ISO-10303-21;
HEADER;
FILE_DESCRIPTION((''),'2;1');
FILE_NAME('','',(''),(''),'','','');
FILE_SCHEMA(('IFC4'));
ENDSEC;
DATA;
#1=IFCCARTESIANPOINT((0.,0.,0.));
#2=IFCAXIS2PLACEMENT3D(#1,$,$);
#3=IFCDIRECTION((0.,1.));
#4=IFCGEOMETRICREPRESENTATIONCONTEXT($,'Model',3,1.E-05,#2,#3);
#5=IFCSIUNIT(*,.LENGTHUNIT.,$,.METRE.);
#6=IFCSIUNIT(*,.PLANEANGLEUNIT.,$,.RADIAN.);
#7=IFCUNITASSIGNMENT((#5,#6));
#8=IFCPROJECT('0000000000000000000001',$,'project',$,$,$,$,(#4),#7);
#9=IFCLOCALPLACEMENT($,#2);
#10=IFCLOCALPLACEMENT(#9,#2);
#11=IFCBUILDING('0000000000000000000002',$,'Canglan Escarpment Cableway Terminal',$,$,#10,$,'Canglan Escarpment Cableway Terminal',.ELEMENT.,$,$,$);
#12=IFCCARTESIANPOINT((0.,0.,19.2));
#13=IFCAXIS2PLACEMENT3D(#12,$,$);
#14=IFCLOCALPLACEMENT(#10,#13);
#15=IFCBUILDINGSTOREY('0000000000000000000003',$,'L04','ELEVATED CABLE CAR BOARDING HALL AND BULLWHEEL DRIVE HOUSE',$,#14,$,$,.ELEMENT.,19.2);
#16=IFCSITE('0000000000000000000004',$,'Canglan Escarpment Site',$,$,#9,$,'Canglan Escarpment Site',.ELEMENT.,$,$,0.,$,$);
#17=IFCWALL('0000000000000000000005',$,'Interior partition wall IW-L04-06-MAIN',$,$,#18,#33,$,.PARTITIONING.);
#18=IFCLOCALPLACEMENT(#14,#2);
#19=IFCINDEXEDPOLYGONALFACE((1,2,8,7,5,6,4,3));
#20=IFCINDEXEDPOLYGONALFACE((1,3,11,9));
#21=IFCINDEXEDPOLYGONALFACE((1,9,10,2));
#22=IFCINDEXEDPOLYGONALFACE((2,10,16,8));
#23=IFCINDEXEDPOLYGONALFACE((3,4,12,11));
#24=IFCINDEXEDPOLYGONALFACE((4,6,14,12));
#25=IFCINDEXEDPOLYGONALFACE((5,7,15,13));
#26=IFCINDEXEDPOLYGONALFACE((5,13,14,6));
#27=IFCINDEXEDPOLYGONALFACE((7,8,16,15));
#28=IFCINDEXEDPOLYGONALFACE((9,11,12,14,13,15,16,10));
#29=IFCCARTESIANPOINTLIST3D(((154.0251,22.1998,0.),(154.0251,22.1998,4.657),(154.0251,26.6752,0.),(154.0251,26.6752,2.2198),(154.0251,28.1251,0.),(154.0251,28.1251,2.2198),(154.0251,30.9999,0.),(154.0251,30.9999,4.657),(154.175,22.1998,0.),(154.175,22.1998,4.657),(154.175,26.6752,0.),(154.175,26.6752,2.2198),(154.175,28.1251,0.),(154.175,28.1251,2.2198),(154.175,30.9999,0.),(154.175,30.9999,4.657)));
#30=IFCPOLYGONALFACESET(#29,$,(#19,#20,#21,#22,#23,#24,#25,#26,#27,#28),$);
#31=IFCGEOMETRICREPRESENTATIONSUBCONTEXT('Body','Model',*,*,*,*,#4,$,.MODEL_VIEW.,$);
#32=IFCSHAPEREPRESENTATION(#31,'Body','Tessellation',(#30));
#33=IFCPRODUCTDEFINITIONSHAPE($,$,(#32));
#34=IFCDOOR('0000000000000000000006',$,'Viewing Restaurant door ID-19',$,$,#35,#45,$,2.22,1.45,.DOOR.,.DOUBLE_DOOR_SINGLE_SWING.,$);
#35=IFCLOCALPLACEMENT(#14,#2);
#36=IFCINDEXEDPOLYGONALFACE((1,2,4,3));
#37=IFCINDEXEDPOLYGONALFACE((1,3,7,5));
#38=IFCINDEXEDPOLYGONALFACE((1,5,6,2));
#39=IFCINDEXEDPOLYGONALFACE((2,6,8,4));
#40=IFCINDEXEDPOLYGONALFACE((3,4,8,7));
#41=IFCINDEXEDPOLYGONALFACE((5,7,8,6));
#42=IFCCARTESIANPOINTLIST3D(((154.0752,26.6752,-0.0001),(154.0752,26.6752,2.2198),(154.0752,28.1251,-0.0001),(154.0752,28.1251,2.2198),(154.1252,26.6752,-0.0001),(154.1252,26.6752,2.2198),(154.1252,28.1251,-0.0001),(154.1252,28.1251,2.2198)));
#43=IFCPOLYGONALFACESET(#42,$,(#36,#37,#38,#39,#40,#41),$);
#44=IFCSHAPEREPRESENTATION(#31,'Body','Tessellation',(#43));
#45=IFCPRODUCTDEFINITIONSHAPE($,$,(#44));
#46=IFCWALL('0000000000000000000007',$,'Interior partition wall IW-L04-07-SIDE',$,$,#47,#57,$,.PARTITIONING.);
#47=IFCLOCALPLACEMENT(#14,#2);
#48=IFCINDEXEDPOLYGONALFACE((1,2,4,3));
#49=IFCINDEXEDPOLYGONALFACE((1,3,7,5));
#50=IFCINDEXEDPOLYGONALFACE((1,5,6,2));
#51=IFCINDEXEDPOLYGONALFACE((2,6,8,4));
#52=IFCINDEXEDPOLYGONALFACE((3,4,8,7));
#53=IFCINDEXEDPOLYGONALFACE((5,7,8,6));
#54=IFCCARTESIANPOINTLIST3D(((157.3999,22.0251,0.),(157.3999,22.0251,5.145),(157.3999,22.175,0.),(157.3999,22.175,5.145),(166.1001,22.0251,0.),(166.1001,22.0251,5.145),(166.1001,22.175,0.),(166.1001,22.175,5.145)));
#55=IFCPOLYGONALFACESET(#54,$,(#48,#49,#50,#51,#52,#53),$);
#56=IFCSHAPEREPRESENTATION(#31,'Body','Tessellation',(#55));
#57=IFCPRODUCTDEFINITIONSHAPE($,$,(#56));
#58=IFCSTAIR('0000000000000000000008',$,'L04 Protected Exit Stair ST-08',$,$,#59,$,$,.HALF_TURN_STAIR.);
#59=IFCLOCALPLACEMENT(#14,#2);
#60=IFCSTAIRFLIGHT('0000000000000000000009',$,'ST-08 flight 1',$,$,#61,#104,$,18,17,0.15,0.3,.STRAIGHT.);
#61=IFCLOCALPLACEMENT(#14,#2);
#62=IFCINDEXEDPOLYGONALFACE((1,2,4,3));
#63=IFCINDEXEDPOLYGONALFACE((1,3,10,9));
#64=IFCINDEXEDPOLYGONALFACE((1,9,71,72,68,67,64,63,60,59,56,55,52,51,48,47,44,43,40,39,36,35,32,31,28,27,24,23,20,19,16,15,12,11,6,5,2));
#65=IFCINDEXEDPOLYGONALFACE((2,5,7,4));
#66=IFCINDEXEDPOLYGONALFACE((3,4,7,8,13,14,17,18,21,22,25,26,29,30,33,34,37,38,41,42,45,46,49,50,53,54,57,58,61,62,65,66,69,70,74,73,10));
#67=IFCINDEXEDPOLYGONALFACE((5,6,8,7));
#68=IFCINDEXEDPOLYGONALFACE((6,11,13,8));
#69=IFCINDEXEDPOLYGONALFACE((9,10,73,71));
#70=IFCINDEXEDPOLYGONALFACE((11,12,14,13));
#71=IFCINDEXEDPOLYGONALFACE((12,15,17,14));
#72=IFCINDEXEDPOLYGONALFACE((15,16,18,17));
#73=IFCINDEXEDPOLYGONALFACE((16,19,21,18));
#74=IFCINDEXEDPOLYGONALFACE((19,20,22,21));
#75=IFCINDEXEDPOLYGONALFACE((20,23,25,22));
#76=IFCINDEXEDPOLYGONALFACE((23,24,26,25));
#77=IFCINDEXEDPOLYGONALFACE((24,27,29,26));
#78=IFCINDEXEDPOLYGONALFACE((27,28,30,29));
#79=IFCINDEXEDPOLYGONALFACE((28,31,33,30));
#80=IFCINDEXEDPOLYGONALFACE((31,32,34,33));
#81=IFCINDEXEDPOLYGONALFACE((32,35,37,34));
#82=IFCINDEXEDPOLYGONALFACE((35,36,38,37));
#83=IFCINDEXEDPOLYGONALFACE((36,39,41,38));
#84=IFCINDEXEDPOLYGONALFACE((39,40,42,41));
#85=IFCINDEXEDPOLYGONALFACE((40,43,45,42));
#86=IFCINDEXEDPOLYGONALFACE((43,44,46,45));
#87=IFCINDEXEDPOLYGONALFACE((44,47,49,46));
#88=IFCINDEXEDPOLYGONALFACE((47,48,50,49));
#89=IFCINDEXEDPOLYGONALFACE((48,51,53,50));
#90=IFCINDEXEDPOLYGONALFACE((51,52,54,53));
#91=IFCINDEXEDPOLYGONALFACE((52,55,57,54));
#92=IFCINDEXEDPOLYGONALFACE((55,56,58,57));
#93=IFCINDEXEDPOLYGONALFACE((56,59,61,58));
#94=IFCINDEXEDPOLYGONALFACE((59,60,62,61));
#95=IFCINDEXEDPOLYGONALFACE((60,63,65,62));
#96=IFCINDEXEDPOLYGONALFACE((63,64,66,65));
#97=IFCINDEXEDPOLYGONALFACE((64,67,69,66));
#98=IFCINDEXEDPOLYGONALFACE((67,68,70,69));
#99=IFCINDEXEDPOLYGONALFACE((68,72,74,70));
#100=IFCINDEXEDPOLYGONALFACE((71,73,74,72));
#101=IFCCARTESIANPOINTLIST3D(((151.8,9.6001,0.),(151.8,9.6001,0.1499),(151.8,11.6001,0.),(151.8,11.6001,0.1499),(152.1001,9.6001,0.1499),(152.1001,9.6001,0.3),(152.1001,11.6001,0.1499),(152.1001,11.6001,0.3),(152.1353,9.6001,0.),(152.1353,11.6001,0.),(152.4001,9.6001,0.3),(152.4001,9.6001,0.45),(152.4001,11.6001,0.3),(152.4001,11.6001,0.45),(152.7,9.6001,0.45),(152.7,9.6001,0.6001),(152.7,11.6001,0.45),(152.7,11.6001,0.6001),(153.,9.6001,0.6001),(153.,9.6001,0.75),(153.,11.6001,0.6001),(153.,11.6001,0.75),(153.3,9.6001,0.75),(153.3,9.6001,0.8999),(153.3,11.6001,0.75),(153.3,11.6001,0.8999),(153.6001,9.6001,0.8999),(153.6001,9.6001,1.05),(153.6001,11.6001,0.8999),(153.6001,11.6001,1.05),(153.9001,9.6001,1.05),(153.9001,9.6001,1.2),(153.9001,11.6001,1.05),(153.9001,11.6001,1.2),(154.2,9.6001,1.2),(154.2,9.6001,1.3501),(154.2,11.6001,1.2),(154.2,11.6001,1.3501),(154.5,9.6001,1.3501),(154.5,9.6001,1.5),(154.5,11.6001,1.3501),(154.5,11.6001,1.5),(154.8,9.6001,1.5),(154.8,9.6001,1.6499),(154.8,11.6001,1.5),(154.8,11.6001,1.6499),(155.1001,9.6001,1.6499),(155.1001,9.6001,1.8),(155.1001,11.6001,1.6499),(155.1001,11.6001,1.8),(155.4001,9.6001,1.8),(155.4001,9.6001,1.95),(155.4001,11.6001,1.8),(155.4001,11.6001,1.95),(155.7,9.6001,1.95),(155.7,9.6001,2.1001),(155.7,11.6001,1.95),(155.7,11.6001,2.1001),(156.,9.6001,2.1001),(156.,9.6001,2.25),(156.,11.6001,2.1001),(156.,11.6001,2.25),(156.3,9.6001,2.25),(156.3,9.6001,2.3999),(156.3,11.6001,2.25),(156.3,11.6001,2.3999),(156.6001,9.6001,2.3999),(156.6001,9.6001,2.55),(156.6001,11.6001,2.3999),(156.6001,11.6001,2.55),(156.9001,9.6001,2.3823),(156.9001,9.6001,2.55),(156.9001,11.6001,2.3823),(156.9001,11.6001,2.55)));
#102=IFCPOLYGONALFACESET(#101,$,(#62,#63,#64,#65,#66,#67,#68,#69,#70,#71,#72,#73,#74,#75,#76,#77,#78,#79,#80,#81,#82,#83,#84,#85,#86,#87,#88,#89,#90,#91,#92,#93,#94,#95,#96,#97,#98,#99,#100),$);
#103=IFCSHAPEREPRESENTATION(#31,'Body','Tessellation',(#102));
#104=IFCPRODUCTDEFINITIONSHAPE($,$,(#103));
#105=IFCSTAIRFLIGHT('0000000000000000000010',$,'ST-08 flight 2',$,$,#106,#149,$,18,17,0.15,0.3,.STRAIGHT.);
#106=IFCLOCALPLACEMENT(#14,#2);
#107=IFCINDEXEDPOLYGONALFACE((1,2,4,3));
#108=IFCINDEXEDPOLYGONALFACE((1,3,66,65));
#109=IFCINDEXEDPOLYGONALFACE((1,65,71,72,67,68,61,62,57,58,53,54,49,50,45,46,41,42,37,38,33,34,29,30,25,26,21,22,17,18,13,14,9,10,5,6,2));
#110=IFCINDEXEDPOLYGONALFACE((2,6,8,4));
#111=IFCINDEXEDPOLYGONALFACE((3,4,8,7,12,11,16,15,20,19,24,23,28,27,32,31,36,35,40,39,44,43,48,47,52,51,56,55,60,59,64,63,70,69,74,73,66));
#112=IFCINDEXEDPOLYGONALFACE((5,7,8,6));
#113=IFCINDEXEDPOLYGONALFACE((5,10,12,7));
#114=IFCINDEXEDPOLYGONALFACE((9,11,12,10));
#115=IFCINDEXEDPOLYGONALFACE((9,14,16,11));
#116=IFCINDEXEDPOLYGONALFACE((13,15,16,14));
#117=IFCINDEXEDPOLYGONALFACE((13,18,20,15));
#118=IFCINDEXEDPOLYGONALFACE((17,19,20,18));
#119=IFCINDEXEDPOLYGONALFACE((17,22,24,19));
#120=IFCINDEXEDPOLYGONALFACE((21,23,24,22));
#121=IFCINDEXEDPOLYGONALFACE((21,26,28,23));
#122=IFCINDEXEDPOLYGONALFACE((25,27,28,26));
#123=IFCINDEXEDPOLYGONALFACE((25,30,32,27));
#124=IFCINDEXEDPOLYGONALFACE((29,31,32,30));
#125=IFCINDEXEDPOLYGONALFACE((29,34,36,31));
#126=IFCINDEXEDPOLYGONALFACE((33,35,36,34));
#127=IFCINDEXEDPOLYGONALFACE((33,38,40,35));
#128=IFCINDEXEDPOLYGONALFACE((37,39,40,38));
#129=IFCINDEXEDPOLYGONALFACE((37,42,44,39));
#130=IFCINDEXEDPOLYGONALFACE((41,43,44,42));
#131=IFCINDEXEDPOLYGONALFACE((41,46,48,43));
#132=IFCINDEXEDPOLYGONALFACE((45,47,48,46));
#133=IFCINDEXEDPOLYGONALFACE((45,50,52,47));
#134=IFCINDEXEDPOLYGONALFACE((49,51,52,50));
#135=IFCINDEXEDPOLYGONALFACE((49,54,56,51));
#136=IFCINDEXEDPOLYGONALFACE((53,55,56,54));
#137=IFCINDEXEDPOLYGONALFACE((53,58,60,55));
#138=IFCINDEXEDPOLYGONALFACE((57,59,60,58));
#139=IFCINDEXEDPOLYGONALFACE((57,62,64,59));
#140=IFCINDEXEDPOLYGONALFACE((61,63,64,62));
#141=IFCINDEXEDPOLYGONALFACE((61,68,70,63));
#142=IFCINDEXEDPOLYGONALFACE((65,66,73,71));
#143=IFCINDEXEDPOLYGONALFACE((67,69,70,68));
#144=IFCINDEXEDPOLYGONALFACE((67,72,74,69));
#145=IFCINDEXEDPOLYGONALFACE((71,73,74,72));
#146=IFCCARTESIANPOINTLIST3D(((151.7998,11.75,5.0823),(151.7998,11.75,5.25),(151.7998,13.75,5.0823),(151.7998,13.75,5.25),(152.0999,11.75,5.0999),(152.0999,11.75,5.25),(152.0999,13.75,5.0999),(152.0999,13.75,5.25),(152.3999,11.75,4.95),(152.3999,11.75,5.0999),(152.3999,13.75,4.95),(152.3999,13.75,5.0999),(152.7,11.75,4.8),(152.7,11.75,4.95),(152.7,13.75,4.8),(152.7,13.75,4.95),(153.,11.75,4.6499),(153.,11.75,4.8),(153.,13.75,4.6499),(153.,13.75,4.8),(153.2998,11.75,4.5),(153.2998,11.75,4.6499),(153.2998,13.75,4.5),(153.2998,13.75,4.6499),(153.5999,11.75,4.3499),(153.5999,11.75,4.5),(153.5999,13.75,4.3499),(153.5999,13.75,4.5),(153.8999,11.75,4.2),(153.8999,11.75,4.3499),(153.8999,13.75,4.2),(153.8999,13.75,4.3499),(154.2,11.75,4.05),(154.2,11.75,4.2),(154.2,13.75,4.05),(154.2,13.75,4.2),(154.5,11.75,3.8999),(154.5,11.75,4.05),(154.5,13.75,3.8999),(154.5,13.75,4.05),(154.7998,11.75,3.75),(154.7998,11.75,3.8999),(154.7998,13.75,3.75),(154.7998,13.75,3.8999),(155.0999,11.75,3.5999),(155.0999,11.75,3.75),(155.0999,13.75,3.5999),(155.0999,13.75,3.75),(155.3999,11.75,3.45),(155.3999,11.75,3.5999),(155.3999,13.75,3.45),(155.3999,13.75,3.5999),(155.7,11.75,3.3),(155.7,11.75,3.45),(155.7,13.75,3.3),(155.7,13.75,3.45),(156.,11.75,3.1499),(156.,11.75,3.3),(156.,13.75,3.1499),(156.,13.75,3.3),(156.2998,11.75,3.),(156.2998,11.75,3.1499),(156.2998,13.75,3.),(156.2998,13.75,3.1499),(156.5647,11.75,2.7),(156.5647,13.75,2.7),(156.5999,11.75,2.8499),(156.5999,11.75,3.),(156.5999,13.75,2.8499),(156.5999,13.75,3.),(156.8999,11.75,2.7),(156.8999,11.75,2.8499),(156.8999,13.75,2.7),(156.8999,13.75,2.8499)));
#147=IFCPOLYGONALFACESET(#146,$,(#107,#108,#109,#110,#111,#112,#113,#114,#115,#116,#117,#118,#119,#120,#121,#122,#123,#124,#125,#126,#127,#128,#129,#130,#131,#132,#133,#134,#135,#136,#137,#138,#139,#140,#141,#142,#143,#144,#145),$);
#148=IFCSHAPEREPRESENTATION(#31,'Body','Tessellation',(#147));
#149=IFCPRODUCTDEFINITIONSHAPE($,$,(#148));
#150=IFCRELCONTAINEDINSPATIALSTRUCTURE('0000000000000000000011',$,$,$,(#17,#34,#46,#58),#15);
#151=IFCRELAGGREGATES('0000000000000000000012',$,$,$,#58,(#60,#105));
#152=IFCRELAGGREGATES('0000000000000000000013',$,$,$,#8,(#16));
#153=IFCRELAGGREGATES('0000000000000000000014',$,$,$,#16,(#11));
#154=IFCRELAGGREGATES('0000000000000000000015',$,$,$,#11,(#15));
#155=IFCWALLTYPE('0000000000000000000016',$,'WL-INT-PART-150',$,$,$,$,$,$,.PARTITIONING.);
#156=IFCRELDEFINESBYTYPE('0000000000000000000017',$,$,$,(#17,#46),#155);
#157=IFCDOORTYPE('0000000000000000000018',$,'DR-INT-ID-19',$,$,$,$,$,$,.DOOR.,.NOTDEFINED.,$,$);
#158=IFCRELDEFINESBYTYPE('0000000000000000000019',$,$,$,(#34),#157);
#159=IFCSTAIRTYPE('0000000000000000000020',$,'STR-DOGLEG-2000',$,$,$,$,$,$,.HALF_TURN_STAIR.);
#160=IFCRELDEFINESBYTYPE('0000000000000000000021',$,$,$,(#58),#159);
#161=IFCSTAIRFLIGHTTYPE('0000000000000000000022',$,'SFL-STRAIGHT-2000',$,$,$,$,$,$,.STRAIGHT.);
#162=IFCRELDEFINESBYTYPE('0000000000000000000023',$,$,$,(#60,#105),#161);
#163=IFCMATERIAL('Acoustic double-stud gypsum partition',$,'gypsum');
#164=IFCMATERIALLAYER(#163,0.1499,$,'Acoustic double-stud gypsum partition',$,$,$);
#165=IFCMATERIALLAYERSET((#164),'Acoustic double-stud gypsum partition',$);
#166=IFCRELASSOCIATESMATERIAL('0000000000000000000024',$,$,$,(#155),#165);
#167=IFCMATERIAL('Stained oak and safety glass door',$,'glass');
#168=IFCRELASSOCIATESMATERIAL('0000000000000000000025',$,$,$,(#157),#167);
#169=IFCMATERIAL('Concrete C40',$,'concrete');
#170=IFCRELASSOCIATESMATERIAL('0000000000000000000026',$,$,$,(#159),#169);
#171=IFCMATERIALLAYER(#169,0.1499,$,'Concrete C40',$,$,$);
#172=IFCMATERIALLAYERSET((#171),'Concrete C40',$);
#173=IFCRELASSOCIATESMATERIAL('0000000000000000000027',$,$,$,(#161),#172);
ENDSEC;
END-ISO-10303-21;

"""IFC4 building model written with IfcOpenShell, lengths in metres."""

from ifc_helpers import new_model, si_unit, direction, frame, frame_2d, origin, place, context, subcontext, project, spatial, polyline, rectangle, outline, extrude, material, layer, layer_set, type_object, element, fill, aggregate, save


model = new_model("IFC4")

# Units and contexts
model_context = context("Model", 3, precision=1e-05, world=origin(), true_north=direction((0.0, 1.0)))
body_context = subcontext(model_context, "Body", "Model", "MODEL_VIEW")
ifc_project = project(units=[si_unit("LENGTHUNIT", "METRE"), si_unit("PLANEANGLEUNIT", "RADIAN")], contexts=[model_context])

# Site, building, storey
site_placement = place(None, origin())
site = spatial("IfcSite", under=ifc_project, at=site_placement, Name="Canglan Escarpment Site", LongName="Canglan Escarpment Site", CompositionType="ELEMENT", RefElevation=0.0)
building_placement = place(site_placement, origin())
building = spatial("IfcBuilding", under=site, at=building_placement, Name="Canglan Escarpment Cableway Terminal", LongName="Canglan Escarpment Cableway Terminal", CompositionType="ELEMENT")
storey_placement = place(building_placement, frame((0.0, 0.0, 19.2)))
storey = spatial("IfcBuildingStorey", under=building, at=storey_placement, Name="L04", Description="ELEVATED CABLE CAR BOARDING HALL AND BULLWHEEL DRIVE HOUSE", CompositionType="ELEMENT", Elevation=19.2)

# Shared definitions
ifc_material_1 = material(Name="Concrete C40", Category="concrete")

# Wall, opening, door
ifc_material_2 = material(Name="Stained oak and safety glass door", Category="glass")
ifc_material_3 = material(Name="Acoustic double-stud gypsum partition", Category="gypsum")
ifc_layer_1 = layer(ifc_material_3, 0.1499, Name="Acoustic double-stud gypsum partition")
ifc_layer_set_1 = layer_set([ifc_layer_1], Name="Acoustic double-stud gypsum partition")
wall_type_1 = type_object("IfcWallType", Name="WL-INT-PART-150", PredefinedType="PARTITIONING", material=ifc_layer_set_1)
wall_1_placement = place(storey_placement, frame((154.1001, 22.2, 0.0), z_axis=(0.0, 0.0, 1.0), x_axis=(0.0, 1.0, 0.0)))
wall_1 = element("IfcWall", 1, at=wall_1_placement, inside=storey, type_object=wall_type_1, Name="Interior partition wall IW-L04-06-MAIN", PredefinedType="PARTITIONING", context=body_context, shape_type="SweptSolid", body=[
    extrude(rectangle(XDim=8.8, YDim=0.1499, at=frame_2d((4.3999, 0.0))), origin(), (0.0, 0.0, 1.0), 4.657),
])
opening_1_placement = place(wall_1_placement, frame((4.4751, 0.0, 0.0)))
opening_1 = element("IfcOpeningElement", 2, at=opening_1_placement, cuts=wall_1, PredefinedType="OPENING", context=body_context, shape_type="SweptSolid", body=[
    extrude(rectangle(XDim=1.45, YDim=2.22, at=frame_2d((0.7251, 1.1099))), frame((0.0, 0.085, 0.0), z_axis=(0.0, -1.0, 0.0), x_axis=(1.0, 0.0, 0.0)), (0.0, 0.0, 1.0), 0.1699),
])
door_type_1 = type_object("IfcDoorType", Name="DR-INT-ID-19", OperationType="NOTDEFINED", PredefinedType="DOOR", material=ifc_material_2)
door_1_placement = place(opening_1_placement, origin())
door_1 = element("IfcDoor", 3, at=door_1_placement, inside=storey, type_object=door_type_1, Name="Viewing Restaurant door ID-19", OperationType="DOUBLE_DOOR_SINGLE_SWING", OverallHeight=2.22, OverallWidth=1.45, PredefinedType="DOOR", context=body_context, shape_type="SweptSolid", body=[
    extrude(rectangle(XDim=1.45, YDim=2.22, at=frame_2d((0.7251, 1.1099))), frame((0.0, 0.0249, 0.0), z_axis=(0.0, -1.0, 0.0), x_axis=(1.0, 0.0, 0.0)), (0.0, 0.0, 1.0), 0.05),
])
fill(opening_1, door_1)

# Wall
wall_2_placement = place(storey_placement, frame((157.3999, 22.1001, 0.0), z_axis=(0.0, 0.0, 1.0), x_axis=(1.0, 0.0, 0.0)))
element("IfcWall", 4, at=wall_2_placement, inside=storey, type_object=wall_type_1, Name="Interior partition wall IW-L04-07-SIDE", PredefinedType="PARTITIONING", context=body_context, shape_type="SweptSolid", body=[
    extrude(rectangle(XDim=8.7002, YDim=0.1499, at=frame_2d((4.3501, 0.0))), origin(), (0.0, 0.0, 1.0), 5.145),
])

# Stair, stair flights
stair_type = type_object("IfcStairType", Name="STR-DOGLEG-2000", PredefinedType="HALF_TURN_STAIR", material=ifc_material_1)
stair_1_placement = place(storey_placement, origin())
stair_1 = element("IfcStair", 5, at=stair_1_placement, inside=storey, type_object=stair_type, Name="L04 Protected Exit Stair ST-08", PredefinedType="HALF_TURN_STAIR")
ifc_layer_2 = layer(ifc_material_1, 0.1499, Name="Concrete C40")
ifc_layer_set_2 = layer_set([ifc_layer_2], Name="Concrete C40")
stair_flight_type = type_object("IfcStairFlightType", Name="SFL-STRAIGHT-2000", PredefinedType="STRAIGHT", material=ifc_layer_set_2)
stair_flight_1_placement = place(storey_placement, frame((151.8, 10.6001, 0.0), z_axis=(0.0, 0.0, 1.0), x_axis=(1.0, 0.0, 0.0)))
stair_flight_1 = element("IfcStairFlight", 6, at=stair_flight_1_placement, type_object=stair_flight_type, Name="ST-08 flight 1", NumberOfRisers=18, NumberOfTreads=17, PredefinedType="STRAIGHT", RiserHeight=0.15, TreadLength=0.3, context=body_context, shape_type="SweptSolid", body=[
    extrude(outline(polyline([(0.0, 0.0), (0.0, 0.1499), (0.3, 0.1499), (0.3, 0.3), (0.6001, 0.3), (0.6001, 0.45), (0.8999, 0.45), (0.8999, 0.6001), (1.2, 0.6001), (1.2, 0.75), (1.5, 0.75), (1.5, 0.8999), (1.8, 0.8999), (1.8, 1.05), (2.1001, 1.05), (2.1001, 1.2), (2.3999, 1.2), (2.3999, 1.3501), (2.7, 1.3501), (2.7, 1.5), (3.0, 1.5), (3.0, 1.6499), (3.3, 1.6499), (3.3, 1.8), (3.6001, 1.8), (3.6001, 1.95), (3.8999, 1.95), (3.8999, 2.1001), (4.2, 2.1001), (4.2, 2.25), (4.5, 2.25), (4.5, 2.3999), (4.8, 2.3999), (4.8, 2.55), (5.1001, 2.55), (5.1001, 2.7), (5.1001, 2.3823), (0.3352, 0.0), (0.0, 0.0)])), frame((0.0, 1.0, 0.0), z_axis=(0.0, -1.0, 0.0), x_axis=(1.0, 0.0, 0.0)), (0.0, 0.0, 1.0), 2.0),
])
stair_flight_2_placement = place(storey_placement, frame((156.8999, 12.75, 2.7), z_axis=(0.0, 0.0, 1.0), x_axis=(-1.0, 0.0, 0.0)))
stair_flight_2 = element("IfcStairFlight", 7, at=stair_flight_2_placement, type_object=stair_flight_type, Name="ST-08 flight 2", NumberOfRisers=18, NumberOfTreads=17, PredefinedType="STRAIGHT", RiserHeight=0.15, TreadLength=0.3, context=body_context, shape_type="SweptSolid", body=[
    extrude(outline(polyline([(0.0, 0.0), (0.0, 0.1499), (0.3, 0.1499), (0.3, 0.3), (0.6001, 0.3), (0.6001, 0.45), (0.8999, 0.45), (0.8999, 0.6001), (1.2, 0.6001), (1.2, 0.75), (1.5, 0.75), (1.5, 0.8999), (1.8, 0.8999), (1.8, 1.05), (2.1001, 1.05), (2.1001, 1.2), (2.3999, 1.2), (2.3999, 1.3501), (2.7, 1.3501), (2.7, 1.5), (3.0, 1.5), (3.0, 1.6499), (3.3, 1.6499), (3.3, 1.8), (3.6001, 1.8), (3.6001, 1.95), (3.8999, 1.95), (3.8999, 2.1001), (4.2, 2.1001), (4.2, 2.25), (4.5, 2.25), (4.5, 2.3999), (4.8, 2.3999), (4.8, 2.55), (5.1001, 2.55), (5.1001, 2.7), (5.1001, 2.3823), (0.3352, 0.0), (0.0, 0.0)])), frame((0.0, 1.0, 0.0), z_axis=(0.0, -1.0, 0.0), x_axis=(1.0, 0.0, 0.0)), (0.0, 0.0, 1.0), 2.0),
])
aggregate(stair_1, [stair_flight_1, stair_flight_2])

save(model, "model.ifc")
